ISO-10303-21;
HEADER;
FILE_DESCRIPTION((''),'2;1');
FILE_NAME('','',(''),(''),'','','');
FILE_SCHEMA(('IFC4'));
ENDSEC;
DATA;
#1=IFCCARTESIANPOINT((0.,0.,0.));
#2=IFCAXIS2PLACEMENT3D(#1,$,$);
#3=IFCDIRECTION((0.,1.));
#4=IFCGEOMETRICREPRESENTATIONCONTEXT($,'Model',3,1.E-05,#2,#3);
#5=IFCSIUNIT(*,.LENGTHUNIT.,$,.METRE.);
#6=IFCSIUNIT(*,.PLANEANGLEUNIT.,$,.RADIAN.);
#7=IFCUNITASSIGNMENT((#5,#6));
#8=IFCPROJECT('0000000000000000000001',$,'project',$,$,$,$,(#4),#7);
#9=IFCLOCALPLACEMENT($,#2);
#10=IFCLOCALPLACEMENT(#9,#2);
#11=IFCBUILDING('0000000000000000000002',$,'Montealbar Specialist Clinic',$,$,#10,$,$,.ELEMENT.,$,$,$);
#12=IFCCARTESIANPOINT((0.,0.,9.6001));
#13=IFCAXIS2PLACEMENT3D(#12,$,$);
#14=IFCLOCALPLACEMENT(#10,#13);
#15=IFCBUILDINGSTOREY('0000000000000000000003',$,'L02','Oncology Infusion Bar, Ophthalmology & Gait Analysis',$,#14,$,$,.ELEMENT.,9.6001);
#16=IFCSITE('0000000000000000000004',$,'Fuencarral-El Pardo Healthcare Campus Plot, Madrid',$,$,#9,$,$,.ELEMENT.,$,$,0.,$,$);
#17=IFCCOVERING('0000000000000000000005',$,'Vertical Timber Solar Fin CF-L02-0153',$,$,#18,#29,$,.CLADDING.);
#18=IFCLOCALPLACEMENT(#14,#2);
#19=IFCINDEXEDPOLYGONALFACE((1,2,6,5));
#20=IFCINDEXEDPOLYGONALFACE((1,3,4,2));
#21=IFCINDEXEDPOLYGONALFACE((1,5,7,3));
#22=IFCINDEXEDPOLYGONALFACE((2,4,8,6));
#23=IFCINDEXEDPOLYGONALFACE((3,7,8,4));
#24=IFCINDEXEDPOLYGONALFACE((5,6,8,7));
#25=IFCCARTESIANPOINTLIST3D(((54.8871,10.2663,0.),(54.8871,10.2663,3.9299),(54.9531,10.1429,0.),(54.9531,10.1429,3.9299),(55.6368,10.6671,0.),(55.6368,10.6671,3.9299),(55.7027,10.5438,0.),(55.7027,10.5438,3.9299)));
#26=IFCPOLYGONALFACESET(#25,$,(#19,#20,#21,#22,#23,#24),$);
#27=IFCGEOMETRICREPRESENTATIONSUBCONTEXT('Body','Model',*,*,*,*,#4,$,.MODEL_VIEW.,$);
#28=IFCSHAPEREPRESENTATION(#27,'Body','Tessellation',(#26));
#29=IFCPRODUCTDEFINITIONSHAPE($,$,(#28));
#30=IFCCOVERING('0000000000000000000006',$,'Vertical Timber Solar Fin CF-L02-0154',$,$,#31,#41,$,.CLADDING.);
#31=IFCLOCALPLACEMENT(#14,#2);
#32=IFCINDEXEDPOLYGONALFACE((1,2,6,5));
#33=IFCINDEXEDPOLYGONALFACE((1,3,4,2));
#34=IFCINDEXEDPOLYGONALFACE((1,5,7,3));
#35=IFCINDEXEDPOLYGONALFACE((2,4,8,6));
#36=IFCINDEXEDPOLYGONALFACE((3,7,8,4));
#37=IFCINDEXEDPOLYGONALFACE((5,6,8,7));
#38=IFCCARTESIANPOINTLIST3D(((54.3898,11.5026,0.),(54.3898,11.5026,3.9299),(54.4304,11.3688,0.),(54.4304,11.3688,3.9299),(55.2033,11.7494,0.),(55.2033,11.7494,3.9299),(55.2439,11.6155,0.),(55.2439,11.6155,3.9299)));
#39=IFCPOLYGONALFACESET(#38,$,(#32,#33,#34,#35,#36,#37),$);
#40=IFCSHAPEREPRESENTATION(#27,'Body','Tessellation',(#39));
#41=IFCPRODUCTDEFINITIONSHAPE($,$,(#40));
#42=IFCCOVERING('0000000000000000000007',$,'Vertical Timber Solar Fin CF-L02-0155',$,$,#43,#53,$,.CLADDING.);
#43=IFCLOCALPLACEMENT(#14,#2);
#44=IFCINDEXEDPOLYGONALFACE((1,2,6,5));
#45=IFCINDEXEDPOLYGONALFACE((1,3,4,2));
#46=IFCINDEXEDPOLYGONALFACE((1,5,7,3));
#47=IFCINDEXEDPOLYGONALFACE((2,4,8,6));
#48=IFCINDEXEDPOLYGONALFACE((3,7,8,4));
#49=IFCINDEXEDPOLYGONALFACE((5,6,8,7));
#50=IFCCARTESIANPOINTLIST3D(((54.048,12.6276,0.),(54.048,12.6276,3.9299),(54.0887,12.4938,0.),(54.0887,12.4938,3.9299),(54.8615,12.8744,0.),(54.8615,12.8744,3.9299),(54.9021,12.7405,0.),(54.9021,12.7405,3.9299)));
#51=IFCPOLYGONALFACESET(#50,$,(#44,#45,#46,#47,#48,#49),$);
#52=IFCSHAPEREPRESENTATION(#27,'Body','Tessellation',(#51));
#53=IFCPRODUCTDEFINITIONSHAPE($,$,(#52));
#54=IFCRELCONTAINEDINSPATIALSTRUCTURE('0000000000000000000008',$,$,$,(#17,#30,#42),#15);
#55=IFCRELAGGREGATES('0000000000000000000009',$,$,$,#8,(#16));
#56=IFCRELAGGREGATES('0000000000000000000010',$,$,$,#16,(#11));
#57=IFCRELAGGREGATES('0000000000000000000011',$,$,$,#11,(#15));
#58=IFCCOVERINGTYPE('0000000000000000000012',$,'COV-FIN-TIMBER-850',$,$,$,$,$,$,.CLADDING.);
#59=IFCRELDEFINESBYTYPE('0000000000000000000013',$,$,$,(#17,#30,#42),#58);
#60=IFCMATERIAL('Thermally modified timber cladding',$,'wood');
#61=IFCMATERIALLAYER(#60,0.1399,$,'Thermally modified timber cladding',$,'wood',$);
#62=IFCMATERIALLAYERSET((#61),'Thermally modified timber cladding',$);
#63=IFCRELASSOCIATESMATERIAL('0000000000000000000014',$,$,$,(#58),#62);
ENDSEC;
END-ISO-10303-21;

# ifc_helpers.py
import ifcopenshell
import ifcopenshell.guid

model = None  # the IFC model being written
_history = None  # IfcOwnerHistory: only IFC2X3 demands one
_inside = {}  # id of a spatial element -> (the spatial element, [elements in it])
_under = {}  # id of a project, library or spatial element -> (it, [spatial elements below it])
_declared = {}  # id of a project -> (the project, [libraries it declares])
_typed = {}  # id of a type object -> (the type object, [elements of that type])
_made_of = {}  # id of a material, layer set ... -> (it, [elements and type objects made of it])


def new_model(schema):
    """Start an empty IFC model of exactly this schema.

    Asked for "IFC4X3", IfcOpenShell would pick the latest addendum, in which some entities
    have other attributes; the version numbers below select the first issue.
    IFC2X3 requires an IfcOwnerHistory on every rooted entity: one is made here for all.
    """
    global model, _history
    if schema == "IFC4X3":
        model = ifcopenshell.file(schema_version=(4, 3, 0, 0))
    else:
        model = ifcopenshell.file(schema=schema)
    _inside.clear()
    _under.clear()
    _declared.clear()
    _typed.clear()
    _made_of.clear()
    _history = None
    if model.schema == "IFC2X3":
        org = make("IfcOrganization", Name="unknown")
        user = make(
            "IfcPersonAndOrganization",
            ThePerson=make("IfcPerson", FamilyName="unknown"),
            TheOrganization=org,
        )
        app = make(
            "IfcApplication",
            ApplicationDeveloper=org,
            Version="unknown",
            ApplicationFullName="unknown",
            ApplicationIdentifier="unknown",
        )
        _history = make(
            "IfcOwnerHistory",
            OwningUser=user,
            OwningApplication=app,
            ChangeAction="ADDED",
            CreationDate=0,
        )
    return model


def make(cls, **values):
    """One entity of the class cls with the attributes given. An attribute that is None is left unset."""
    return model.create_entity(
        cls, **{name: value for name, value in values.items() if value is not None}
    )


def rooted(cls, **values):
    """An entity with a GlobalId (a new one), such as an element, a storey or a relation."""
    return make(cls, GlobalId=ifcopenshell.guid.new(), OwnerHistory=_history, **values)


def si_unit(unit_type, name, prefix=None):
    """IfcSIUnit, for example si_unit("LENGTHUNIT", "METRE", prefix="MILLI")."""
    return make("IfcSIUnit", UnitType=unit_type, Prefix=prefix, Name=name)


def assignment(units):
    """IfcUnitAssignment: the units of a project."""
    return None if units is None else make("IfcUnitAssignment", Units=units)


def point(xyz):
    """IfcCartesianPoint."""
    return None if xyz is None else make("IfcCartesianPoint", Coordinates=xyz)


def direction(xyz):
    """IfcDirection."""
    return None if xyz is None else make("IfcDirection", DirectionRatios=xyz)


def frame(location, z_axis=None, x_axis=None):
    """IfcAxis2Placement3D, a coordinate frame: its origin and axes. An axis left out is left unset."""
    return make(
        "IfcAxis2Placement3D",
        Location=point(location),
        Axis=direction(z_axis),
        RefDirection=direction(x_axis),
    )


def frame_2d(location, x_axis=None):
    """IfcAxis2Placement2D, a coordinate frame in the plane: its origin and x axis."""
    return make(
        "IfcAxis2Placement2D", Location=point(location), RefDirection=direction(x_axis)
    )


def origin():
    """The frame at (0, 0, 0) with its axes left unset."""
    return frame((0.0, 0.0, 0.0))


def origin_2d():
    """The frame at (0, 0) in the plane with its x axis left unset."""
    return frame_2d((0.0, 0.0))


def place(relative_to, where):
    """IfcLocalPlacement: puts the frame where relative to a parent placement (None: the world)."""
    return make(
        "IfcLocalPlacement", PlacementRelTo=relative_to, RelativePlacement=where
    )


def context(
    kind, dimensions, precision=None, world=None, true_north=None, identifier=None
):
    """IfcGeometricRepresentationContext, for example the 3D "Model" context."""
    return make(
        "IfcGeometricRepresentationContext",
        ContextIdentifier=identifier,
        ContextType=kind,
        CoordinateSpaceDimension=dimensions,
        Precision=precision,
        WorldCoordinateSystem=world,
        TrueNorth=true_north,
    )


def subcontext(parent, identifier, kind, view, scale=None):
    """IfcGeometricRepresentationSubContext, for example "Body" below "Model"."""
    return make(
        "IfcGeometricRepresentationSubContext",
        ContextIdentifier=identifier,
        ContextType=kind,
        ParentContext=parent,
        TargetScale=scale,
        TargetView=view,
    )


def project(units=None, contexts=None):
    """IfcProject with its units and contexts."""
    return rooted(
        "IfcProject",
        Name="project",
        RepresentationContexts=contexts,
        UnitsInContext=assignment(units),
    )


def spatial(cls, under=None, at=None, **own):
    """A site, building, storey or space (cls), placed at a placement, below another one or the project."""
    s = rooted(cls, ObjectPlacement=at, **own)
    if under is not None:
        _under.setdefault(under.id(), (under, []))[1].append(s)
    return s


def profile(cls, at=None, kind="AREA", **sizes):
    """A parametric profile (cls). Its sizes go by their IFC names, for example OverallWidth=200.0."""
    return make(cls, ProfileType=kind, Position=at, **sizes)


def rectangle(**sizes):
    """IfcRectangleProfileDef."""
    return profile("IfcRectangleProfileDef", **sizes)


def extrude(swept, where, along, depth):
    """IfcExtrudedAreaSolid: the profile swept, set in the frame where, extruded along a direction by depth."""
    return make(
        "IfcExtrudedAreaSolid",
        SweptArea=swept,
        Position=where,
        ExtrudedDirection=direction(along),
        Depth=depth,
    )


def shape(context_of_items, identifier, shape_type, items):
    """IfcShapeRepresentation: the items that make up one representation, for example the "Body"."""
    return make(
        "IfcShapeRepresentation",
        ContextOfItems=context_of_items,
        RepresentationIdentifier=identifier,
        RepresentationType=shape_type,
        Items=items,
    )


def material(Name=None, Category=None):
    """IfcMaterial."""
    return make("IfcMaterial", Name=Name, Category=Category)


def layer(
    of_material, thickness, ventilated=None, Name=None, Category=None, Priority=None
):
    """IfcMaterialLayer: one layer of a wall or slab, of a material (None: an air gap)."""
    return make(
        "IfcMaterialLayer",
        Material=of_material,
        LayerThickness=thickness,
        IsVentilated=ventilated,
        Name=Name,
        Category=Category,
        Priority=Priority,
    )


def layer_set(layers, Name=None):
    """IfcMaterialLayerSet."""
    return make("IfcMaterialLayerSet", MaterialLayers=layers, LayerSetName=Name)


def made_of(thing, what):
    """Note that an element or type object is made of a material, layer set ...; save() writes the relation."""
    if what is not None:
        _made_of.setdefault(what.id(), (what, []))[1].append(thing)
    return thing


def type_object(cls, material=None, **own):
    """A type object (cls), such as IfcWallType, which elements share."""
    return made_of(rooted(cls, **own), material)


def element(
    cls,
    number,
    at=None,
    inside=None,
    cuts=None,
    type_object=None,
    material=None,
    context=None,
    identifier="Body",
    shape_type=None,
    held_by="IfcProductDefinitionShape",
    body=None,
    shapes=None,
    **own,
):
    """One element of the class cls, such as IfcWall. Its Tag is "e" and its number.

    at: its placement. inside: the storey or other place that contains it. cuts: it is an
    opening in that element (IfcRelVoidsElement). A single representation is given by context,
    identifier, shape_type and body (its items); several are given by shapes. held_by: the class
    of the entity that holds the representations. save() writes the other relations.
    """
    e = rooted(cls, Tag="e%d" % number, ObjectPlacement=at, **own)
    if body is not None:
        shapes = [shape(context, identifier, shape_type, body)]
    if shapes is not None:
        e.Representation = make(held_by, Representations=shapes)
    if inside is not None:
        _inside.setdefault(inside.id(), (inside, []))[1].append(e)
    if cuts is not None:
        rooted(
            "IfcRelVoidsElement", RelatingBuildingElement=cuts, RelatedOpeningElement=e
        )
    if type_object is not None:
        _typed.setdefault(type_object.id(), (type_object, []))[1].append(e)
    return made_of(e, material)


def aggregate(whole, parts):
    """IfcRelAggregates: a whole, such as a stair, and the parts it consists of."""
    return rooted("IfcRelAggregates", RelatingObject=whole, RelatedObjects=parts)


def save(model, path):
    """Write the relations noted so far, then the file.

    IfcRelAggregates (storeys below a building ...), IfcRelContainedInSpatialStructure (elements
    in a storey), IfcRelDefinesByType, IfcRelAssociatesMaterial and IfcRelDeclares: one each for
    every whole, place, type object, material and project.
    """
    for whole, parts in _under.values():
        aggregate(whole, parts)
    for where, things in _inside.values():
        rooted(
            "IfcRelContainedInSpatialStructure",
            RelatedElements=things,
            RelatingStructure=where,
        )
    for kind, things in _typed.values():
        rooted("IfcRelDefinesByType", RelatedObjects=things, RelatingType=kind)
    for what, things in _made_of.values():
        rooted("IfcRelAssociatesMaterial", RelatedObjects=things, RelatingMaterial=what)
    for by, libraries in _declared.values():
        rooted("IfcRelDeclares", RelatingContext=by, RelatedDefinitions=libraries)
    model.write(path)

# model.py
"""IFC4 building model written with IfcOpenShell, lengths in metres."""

from ifc_helpers import new_model, si_unit, direction, frame, origin, origin_2d, place, context, subcontext, project, spatial, rectangle, extrude, material, layer, layer_set, type_object, element, save


model = new_model("IFC4")

# Units and contexts
model_context = context("Model", 3, precision=1e-05, world=origin(), true_north=direction((0.0, 1.0)))
body_context = subcontext(model_context, "Body", "Model", "MODEL_VIEW")
ifc_project = project(units=[si_unit("LENGTHUNIT", "METRE"), si_unit("PLANEANGLEUNIT", "RADIAN")], contexts=[model_context])

# Site, building, storey
site_placement = place(None, origin())
site = spatial("IfcSite", under=ifc_project, at=site_placement, Name="Fuencarral-El Pardo Healthcare Campus Plot, Madrid", CompositionType="ELEMENT", RefElevation=0.0)
building_placement = place(site_placement, origin())
building = spatial("IfcBuilding", under=site, at=building_placement, Name="Montealbar Specialist Clinic", CompositionType="ELEMENT")
storey_placement = place(building_placement, frame((0.0, 0.0, 9.6001)))
storey = spatial("IfcBuildingStorey", under=building, at=storey_placement, Name="L02", Description="Oncology Infusion Bar, Ophthalmology & Gait Analysis", CompositionType="ELEMENT", Elevation=9.6001)

# Coverings
ifc_material_1 = material(Name="Thermally modified timber cladding", Category="wood")
ifc_layer_1 = layer(ifc_material_1, 0.1399, Name="Thermally modified timber cladding", Category="wood")
ifc_layer_set_1 = layer_set([ifc_layer_1], Name="Thermally modified timber cladding")
covering_type = type_object("IfcCoveringType", Name="COV-FIN-TIMBER-850", PredefinedType="CLADDING", material=ifc_layer_set_1)
for number, where, z_axis, x_axis, name in (
    (1, (55.2949, 10.405, 0.0), (0.0, 0.0, 1.0), (-0.88185, -0.471529, 0.0), "Vertical Timber Solar Fin CF-L02-0153"),
    (2, (54.8169, 11.5591, 0.0), (0.0, 0.0, 1.0), (-0.956948, -0.290259, 0.0), "Vertical Timber Solar Fin CF-L02-0154"),
    (3, (54.4751, 12.6841, 0.0), (0.0, 0.0, 1.0), (-0.956948, -0.290259, 0.0), "Vertical Timber Solar Fin CF-L02-0155"),
):
    element("IfcCovering", number, at=place(storey_placement, frame(where, z_axis=z_axis, x_axis=x_axis)), inside=storey, type_object=covering_type, Name=name, PredefinedType="CLADDING", context=body_context, shape_type="SweptSolid", body=[
        extrude(rectangle(XDim=0.8501, YDim=0.1399, at=origin_2d()), origin(), (0.0, 0.0, 1.0), 3.9299),
    ])

save(model, "model.ifc")
